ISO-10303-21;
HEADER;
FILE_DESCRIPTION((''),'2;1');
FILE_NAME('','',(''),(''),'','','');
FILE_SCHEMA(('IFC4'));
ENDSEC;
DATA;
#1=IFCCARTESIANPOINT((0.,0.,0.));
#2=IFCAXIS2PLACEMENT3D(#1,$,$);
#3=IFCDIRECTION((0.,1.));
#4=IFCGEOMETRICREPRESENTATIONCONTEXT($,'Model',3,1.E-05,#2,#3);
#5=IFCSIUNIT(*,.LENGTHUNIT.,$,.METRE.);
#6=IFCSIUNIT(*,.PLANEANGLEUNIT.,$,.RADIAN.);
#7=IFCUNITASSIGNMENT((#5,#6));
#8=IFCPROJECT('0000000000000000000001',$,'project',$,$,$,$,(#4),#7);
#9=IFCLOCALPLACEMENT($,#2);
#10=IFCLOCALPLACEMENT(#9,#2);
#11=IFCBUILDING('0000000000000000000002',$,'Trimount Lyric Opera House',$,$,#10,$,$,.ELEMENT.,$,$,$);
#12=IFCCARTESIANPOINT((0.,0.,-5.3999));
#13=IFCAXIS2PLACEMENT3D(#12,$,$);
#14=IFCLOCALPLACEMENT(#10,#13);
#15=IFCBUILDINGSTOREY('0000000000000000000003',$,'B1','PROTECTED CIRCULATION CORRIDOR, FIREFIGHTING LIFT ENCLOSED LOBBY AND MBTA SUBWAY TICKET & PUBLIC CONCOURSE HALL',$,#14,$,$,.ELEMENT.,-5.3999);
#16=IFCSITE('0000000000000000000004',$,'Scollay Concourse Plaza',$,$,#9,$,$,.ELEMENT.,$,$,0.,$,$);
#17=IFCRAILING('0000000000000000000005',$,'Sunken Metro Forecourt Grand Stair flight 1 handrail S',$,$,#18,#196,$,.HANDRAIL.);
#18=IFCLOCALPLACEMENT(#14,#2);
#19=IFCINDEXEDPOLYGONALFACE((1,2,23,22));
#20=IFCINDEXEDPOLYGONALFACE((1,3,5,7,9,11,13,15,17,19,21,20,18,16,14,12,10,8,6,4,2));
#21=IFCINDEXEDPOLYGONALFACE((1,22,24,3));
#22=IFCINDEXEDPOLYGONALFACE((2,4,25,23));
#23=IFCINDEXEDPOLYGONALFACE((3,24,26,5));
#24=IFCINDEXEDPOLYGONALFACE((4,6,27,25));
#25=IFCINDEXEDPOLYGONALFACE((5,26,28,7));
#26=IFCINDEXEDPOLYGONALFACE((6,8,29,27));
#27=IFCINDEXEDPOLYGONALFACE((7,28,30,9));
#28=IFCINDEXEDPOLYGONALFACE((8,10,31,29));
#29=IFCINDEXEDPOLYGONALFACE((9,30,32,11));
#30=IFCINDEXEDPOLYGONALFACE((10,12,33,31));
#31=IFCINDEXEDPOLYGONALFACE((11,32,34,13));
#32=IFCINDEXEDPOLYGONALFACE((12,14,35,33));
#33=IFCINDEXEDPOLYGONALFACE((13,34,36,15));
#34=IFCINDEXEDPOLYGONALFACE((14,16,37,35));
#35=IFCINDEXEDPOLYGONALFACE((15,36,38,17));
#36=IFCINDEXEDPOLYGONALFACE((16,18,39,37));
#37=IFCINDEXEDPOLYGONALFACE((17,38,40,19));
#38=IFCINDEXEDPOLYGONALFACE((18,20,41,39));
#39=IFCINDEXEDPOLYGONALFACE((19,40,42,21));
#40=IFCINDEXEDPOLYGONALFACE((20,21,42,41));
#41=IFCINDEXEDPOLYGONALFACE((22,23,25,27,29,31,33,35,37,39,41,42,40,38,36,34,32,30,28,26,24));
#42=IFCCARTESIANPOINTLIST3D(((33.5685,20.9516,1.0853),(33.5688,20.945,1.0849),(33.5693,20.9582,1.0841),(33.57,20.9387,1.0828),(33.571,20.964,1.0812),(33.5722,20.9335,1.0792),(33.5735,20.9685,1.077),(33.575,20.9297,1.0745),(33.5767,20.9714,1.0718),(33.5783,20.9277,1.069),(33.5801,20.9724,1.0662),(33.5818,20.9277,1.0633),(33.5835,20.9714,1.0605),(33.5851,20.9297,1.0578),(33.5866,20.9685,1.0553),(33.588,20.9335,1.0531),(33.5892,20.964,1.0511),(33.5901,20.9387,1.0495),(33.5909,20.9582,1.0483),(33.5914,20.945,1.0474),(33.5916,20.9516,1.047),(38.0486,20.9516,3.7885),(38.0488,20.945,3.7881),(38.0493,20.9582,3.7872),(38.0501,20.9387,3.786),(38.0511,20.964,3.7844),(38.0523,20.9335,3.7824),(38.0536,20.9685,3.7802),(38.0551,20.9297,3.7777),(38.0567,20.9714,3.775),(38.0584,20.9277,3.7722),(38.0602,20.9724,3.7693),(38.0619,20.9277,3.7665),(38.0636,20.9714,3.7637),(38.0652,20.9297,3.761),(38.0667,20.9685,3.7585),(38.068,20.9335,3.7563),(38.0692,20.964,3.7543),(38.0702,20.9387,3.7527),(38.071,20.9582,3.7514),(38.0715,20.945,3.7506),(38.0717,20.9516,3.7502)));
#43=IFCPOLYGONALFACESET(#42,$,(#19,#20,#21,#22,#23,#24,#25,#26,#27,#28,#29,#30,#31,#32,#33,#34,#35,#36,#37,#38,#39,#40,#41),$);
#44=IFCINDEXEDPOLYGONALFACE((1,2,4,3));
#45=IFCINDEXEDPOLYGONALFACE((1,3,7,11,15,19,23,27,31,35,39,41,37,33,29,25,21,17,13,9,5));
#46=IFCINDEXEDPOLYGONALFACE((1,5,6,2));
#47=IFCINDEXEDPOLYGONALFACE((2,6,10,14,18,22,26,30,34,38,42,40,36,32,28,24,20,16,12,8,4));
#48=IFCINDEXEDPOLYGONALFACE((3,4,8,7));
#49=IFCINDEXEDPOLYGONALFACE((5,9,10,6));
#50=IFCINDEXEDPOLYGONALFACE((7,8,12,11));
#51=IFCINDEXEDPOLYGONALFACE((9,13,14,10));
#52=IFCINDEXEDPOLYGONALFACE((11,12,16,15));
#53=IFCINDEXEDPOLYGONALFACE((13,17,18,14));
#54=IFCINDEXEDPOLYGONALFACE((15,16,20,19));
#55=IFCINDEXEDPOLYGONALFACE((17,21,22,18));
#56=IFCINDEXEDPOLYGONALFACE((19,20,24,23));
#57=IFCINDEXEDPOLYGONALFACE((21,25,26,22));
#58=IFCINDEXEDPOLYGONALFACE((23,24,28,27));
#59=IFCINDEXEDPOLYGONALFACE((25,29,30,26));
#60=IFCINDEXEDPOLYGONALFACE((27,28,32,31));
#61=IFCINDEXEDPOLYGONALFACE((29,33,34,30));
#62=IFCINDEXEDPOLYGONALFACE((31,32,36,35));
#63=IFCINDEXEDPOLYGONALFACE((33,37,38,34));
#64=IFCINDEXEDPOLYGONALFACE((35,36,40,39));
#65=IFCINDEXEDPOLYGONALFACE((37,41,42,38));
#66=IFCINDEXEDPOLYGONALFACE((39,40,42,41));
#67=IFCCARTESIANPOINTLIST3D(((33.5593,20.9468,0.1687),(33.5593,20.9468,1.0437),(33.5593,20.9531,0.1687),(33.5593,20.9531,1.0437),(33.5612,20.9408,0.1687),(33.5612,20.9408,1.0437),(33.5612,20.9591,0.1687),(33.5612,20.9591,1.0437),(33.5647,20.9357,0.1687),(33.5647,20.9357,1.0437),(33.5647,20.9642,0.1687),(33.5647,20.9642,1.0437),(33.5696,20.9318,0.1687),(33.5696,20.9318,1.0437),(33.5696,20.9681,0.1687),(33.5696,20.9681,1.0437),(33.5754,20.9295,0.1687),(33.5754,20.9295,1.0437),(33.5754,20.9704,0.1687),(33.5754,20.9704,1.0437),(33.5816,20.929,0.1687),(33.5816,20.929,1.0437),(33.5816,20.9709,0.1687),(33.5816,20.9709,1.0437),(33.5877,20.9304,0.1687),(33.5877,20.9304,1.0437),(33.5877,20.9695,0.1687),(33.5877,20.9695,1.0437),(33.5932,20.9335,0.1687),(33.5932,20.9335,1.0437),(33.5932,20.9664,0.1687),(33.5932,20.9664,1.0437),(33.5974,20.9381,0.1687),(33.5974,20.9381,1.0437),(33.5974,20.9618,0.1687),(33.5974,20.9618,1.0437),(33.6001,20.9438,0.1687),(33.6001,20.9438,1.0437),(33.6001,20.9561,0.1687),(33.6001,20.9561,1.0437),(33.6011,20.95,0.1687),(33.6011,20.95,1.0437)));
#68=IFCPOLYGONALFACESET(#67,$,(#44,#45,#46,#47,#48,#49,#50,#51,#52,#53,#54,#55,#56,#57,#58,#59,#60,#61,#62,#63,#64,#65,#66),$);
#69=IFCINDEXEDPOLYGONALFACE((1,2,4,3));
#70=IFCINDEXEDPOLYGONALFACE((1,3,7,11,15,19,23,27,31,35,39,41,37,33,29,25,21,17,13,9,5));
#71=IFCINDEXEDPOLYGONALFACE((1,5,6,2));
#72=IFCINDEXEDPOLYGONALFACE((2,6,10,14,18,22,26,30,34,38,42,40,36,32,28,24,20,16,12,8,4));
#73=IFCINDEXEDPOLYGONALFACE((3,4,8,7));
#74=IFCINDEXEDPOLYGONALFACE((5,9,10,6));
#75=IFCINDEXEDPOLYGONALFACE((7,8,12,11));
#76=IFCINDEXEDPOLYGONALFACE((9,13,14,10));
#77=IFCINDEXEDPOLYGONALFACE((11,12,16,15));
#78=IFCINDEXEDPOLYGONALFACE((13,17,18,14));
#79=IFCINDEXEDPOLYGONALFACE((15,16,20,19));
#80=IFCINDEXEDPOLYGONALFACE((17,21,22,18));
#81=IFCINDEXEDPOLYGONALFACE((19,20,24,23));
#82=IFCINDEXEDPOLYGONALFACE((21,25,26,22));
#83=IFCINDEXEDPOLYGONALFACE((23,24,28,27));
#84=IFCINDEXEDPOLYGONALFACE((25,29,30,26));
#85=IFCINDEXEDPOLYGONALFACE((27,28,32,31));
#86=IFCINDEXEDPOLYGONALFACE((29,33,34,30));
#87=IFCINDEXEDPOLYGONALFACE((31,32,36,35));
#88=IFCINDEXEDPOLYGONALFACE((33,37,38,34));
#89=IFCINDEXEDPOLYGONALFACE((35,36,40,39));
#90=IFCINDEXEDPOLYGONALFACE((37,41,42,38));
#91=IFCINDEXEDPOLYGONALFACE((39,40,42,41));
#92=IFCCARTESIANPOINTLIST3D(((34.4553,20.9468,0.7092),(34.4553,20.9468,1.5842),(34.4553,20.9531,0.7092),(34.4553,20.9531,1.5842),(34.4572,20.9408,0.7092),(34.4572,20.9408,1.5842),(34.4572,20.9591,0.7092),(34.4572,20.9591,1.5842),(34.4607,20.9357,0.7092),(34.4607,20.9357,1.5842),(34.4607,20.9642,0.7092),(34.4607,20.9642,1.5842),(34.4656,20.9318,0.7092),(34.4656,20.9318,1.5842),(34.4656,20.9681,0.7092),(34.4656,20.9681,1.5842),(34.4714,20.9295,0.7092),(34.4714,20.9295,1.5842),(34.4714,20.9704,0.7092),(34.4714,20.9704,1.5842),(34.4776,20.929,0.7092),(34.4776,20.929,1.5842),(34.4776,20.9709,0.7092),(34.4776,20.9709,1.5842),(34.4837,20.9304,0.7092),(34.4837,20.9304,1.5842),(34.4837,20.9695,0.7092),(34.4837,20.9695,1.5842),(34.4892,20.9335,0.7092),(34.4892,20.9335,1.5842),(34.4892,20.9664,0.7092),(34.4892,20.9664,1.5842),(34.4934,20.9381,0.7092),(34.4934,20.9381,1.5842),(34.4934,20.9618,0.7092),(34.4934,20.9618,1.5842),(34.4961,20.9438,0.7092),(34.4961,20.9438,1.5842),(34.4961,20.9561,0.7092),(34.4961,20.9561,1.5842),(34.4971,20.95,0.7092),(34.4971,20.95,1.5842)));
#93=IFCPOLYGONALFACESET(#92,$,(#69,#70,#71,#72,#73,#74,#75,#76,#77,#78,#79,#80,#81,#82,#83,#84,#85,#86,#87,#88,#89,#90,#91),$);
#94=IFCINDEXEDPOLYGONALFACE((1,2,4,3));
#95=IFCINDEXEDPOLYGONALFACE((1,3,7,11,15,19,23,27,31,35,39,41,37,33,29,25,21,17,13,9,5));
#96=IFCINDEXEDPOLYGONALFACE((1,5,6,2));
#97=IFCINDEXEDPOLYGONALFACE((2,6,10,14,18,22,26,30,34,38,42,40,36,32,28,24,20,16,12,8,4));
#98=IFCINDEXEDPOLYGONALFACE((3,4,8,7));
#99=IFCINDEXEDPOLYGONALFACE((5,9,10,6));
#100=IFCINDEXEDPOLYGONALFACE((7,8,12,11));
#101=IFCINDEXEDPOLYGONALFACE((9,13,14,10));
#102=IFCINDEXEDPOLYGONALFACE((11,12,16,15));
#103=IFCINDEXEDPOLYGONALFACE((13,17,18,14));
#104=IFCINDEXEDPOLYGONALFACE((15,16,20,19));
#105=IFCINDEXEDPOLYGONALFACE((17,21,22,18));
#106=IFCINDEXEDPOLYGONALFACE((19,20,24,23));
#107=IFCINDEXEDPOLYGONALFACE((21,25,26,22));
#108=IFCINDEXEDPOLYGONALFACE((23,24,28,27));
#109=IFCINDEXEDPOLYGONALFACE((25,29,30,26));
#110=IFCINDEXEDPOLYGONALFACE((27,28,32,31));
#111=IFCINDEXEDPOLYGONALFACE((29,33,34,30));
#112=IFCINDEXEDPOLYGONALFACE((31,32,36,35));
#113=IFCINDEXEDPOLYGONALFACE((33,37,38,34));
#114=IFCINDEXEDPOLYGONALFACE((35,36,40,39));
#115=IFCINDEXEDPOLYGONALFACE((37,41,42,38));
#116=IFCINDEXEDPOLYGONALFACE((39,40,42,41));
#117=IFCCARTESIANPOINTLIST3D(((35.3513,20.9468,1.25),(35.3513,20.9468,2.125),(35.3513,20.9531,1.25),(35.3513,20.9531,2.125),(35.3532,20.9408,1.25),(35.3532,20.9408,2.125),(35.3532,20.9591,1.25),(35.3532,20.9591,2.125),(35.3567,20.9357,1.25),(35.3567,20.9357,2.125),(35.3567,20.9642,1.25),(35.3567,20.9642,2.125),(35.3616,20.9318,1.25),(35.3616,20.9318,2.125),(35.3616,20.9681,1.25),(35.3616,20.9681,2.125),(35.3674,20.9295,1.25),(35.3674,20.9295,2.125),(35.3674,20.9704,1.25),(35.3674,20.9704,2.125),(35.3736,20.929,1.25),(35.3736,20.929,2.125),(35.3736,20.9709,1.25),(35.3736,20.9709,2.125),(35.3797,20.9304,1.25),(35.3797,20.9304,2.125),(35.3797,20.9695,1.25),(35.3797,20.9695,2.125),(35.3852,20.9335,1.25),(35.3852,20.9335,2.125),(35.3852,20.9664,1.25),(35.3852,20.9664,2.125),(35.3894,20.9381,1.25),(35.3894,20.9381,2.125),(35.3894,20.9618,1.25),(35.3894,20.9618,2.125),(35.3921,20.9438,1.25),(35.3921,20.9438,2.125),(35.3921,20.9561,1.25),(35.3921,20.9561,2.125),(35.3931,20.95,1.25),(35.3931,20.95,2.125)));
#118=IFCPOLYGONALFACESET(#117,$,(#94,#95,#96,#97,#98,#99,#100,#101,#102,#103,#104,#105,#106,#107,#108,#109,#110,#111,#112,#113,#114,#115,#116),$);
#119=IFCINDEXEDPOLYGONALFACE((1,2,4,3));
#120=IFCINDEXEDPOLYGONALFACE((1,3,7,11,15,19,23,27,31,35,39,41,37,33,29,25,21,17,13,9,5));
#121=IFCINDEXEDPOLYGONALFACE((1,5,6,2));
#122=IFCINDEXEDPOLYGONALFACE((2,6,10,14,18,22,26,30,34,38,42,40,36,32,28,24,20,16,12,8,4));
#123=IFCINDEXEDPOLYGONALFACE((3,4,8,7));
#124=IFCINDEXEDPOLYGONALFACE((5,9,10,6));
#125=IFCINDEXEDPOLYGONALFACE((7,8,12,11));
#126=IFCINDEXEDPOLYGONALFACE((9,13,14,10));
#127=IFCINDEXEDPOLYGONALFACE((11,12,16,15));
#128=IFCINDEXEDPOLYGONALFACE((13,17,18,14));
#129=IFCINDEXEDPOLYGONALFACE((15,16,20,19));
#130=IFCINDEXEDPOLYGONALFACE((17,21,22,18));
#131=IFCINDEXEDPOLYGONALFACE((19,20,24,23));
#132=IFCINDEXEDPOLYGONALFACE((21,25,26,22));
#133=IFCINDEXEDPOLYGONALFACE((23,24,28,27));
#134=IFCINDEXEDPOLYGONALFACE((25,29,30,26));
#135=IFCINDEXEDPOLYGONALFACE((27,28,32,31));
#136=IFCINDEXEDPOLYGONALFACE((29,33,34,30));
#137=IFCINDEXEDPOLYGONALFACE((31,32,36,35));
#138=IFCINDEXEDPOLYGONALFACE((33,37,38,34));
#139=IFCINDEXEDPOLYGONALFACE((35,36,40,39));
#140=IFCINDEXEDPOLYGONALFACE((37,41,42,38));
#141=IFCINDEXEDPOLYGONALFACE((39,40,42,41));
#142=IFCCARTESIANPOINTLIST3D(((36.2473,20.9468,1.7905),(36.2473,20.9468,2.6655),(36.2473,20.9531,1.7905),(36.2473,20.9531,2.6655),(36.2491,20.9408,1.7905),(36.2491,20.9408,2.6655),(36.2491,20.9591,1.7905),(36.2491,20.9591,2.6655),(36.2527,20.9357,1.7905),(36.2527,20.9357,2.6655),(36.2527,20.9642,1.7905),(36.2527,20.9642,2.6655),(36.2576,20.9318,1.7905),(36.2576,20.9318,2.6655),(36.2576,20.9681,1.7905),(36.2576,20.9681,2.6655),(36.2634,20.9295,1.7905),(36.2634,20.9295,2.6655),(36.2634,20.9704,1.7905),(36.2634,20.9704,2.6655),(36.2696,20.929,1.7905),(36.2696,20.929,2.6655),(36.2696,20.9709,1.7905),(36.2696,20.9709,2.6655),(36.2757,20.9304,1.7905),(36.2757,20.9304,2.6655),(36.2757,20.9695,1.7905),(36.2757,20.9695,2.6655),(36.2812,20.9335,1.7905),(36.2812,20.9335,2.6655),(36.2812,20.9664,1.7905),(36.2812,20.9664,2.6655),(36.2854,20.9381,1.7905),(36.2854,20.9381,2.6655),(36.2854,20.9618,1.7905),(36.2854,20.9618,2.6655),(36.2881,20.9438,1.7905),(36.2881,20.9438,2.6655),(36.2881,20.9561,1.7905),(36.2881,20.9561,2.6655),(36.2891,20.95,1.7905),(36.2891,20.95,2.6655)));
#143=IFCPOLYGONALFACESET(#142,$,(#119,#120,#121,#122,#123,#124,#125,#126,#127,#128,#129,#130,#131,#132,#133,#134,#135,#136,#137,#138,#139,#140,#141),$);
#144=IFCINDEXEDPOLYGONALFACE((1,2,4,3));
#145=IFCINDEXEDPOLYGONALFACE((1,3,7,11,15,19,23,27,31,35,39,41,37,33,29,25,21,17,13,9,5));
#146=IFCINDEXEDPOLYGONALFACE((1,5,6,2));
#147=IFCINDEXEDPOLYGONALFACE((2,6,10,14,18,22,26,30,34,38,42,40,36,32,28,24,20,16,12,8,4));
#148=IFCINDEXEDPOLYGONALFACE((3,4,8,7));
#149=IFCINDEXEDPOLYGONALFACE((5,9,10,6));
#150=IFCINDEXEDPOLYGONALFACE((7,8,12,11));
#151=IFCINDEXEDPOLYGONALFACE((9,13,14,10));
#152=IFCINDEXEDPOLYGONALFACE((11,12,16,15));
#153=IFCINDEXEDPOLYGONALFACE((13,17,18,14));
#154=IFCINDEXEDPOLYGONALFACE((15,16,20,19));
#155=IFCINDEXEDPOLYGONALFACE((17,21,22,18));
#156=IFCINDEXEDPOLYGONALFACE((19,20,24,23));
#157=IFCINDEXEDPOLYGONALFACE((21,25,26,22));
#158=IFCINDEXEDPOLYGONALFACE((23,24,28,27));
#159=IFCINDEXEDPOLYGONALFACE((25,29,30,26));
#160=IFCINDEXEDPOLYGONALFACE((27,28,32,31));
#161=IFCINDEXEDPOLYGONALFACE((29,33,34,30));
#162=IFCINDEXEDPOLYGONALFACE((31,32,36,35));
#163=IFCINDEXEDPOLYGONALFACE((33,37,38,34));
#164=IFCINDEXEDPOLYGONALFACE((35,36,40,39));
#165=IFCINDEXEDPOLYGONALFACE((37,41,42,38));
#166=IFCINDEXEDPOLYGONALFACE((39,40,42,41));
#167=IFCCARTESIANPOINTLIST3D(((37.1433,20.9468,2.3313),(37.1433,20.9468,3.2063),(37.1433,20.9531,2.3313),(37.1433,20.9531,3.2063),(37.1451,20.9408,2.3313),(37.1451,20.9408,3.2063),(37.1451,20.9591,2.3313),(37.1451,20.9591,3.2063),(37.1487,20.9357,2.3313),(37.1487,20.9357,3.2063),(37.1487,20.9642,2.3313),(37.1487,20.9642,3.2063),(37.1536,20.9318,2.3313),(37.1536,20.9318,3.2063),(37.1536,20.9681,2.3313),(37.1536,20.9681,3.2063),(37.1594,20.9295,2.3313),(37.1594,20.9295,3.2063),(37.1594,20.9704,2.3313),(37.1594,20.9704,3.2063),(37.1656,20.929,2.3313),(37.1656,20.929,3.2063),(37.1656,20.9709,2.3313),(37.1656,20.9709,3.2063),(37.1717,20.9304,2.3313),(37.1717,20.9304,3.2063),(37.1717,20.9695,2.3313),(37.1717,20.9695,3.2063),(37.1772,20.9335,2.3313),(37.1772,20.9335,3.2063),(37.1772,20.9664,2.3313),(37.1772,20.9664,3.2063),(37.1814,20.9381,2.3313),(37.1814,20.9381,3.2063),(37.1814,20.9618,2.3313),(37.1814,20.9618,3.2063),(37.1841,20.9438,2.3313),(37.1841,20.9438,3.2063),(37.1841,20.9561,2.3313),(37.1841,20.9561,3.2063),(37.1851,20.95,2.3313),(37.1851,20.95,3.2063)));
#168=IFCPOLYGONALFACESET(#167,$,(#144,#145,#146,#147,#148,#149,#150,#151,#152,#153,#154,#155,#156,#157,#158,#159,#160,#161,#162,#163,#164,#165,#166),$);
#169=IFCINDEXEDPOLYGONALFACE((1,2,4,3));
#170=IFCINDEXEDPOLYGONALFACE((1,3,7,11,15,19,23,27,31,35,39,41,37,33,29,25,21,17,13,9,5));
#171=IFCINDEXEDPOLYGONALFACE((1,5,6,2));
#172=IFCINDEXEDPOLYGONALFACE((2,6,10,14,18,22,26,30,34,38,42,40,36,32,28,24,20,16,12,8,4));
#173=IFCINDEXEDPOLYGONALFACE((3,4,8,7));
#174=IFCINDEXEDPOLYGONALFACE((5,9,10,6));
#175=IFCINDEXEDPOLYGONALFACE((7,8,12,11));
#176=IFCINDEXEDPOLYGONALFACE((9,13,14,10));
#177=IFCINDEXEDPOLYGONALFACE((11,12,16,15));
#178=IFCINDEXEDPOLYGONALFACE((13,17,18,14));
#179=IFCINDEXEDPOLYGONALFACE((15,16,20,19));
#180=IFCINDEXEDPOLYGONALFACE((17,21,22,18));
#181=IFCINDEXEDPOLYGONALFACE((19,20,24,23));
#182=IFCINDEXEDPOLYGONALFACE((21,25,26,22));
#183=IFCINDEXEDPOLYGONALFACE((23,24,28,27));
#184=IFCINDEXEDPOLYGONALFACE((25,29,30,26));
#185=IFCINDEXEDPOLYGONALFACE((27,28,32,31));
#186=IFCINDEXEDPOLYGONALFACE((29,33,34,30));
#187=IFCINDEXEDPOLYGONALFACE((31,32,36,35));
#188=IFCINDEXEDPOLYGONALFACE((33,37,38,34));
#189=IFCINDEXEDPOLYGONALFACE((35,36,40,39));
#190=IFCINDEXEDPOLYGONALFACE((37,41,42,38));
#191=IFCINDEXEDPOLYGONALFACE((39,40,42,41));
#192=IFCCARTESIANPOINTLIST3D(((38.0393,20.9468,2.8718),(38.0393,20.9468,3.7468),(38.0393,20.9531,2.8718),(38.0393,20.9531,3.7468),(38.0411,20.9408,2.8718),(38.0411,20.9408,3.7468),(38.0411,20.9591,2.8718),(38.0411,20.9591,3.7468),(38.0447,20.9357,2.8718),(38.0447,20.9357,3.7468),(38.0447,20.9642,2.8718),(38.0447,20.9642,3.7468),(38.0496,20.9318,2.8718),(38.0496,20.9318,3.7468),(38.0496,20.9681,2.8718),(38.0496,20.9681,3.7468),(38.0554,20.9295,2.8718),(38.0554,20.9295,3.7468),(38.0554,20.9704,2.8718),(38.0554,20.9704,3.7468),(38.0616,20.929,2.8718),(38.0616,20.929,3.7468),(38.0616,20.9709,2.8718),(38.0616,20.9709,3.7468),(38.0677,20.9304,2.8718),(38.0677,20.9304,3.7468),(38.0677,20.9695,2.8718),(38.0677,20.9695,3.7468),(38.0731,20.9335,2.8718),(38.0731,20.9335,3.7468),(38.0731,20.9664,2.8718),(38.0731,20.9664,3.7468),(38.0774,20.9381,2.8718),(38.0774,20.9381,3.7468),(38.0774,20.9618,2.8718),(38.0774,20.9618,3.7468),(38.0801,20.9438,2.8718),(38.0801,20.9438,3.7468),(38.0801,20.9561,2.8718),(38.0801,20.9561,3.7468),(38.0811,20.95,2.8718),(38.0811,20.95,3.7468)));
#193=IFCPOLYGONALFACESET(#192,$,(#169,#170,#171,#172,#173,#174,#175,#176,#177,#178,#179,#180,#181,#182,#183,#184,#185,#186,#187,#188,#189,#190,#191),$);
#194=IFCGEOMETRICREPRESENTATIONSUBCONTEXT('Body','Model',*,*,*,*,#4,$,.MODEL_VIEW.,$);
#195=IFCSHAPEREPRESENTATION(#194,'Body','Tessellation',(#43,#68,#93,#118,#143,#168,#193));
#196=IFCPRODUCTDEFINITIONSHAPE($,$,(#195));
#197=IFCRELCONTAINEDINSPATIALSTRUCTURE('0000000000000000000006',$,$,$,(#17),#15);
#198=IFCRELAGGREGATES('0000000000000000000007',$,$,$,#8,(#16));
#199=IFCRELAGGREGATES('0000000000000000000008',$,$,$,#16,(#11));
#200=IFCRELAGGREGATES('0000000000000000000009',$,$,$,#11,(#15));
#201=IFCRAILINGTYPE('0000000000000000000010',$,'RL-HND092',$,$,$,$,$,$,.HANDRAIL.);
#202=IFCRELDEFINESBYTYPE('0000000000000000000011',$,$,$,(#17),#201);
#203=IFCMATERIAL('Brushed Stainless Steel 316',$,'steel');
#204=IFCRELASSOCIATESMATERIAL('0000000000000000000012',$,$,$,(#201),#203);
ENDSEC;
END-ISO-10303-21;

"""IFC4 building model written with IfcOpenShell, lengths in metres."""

from ifc_helpers import new_model, si_unit, direction, frame, origin, origin_2d, place, context, subcontext, project, spatial, circle, extrude, material, type_object, element, save


model = new_model("IFC4")

# Units and contexts
model_context = context("Model", 3, precision=1e-05, world=origin(), true_north=direction((0.0, 1.0)))
body_context = subcontext(model_context, "Body", "Model", "MODEL_VIEW")
ifc_project = project(units=[si_unit("LENGTHUNIT", "METRE"), si_unit("PLANEANGLEUNIT", "RADIAN")], contexts=[model_context])

# Site, building, storey
site_placement = place(None, origin())
site = spatial("IfcSite", under=ifc_project, at=site_placement, Name="Scollay Concourse Plaza", CompositionType="ELEMENT", RefElevation=0.0)
building_placement = place(site_placement, origin())
building = spatial("IfcBuilding", under=site, at=building_placement, Name="Trimount Lyric Opera House", CompositionType="ELEMENT")
storey_placement = place(building_placement, frame((0.0, 0.0, -5.3999)))
storey = spatial("IfcBuildingStorey", under=building, at=storey_placement, Name="B1", Description="PROTECTED CIRCULATION CORRIDOR, FIREFIGHTING LIFT ENCLOSED LOBBY AND MBTA SUBWAY TICKET & PUBLIC CONCOURSE HALL", CompositionType="ELEMENT", Elevation=-5.3999)

# Railing
ifc_material_1 = material(Name="Brushed Stainless Steel 316", Category="steel")
railing_type_1 = type_object("IfcRailingType", Name="RL-HND092", PredefinedType="HANDRAIL", material=ifc_material_1)
for number, where, name in (
    (1, (33.5801, 20.95, 0.1687), "Sunken Metro Forecourt Grand Stair flight 1 handrail S"),
):
    element("IfcRailing", number, at=place(storey_placement, frame(where)), inside=storey, type_object=railing_type_1, Name=name, PredefinedType="HANDRAIL", context=body_context, shape_type="SweptSolid", body=[
        extrude(circle(Radius=0.0225, at=origin_2d()), frame((0.0, 0.0, 0.8975), z_axis=(0.856214, 0.0, 0.516621), x_axis=(0.0, 1.0, 0.0)), (0.0, 0.0, 1.0), 5.2324),
        extrude(circle(Radius=0.021, at=origin_2d()), origin(), (0.0, 0.0, 1.0), 0.875),
        extrude(circle(Radius=0.021, at=origin_2d()), frame((0.896, 0.0, 0.5405)), (0.0, 0.0, 1.0), 0.875),
        extrude(circle(Radius=0.021, at=origin_2d()), frame((1.792, 0.0, 1.0813)), (0.0, 0.0, 1.0), 0.875),
        extrude(circle(Radius=0.021, at=origin_2d()), frame((2.688, 0.0, 1.6218)), (0.0, 0.0, 1.0), 0.875),
        extrude(circle(Radius=0.021, at=origin_2d()), frame((3.584, 0.0, 2.1626)), (0.0, 0.0, 1.0), 0.875),
        extrude(circle(Radius=0.021, at=origin_2d()), frame((4.48, 0.0, 2.7031)), (0.0, 0.0, 1.0), 0.875),
    ])

save(model, "model.ifc")
